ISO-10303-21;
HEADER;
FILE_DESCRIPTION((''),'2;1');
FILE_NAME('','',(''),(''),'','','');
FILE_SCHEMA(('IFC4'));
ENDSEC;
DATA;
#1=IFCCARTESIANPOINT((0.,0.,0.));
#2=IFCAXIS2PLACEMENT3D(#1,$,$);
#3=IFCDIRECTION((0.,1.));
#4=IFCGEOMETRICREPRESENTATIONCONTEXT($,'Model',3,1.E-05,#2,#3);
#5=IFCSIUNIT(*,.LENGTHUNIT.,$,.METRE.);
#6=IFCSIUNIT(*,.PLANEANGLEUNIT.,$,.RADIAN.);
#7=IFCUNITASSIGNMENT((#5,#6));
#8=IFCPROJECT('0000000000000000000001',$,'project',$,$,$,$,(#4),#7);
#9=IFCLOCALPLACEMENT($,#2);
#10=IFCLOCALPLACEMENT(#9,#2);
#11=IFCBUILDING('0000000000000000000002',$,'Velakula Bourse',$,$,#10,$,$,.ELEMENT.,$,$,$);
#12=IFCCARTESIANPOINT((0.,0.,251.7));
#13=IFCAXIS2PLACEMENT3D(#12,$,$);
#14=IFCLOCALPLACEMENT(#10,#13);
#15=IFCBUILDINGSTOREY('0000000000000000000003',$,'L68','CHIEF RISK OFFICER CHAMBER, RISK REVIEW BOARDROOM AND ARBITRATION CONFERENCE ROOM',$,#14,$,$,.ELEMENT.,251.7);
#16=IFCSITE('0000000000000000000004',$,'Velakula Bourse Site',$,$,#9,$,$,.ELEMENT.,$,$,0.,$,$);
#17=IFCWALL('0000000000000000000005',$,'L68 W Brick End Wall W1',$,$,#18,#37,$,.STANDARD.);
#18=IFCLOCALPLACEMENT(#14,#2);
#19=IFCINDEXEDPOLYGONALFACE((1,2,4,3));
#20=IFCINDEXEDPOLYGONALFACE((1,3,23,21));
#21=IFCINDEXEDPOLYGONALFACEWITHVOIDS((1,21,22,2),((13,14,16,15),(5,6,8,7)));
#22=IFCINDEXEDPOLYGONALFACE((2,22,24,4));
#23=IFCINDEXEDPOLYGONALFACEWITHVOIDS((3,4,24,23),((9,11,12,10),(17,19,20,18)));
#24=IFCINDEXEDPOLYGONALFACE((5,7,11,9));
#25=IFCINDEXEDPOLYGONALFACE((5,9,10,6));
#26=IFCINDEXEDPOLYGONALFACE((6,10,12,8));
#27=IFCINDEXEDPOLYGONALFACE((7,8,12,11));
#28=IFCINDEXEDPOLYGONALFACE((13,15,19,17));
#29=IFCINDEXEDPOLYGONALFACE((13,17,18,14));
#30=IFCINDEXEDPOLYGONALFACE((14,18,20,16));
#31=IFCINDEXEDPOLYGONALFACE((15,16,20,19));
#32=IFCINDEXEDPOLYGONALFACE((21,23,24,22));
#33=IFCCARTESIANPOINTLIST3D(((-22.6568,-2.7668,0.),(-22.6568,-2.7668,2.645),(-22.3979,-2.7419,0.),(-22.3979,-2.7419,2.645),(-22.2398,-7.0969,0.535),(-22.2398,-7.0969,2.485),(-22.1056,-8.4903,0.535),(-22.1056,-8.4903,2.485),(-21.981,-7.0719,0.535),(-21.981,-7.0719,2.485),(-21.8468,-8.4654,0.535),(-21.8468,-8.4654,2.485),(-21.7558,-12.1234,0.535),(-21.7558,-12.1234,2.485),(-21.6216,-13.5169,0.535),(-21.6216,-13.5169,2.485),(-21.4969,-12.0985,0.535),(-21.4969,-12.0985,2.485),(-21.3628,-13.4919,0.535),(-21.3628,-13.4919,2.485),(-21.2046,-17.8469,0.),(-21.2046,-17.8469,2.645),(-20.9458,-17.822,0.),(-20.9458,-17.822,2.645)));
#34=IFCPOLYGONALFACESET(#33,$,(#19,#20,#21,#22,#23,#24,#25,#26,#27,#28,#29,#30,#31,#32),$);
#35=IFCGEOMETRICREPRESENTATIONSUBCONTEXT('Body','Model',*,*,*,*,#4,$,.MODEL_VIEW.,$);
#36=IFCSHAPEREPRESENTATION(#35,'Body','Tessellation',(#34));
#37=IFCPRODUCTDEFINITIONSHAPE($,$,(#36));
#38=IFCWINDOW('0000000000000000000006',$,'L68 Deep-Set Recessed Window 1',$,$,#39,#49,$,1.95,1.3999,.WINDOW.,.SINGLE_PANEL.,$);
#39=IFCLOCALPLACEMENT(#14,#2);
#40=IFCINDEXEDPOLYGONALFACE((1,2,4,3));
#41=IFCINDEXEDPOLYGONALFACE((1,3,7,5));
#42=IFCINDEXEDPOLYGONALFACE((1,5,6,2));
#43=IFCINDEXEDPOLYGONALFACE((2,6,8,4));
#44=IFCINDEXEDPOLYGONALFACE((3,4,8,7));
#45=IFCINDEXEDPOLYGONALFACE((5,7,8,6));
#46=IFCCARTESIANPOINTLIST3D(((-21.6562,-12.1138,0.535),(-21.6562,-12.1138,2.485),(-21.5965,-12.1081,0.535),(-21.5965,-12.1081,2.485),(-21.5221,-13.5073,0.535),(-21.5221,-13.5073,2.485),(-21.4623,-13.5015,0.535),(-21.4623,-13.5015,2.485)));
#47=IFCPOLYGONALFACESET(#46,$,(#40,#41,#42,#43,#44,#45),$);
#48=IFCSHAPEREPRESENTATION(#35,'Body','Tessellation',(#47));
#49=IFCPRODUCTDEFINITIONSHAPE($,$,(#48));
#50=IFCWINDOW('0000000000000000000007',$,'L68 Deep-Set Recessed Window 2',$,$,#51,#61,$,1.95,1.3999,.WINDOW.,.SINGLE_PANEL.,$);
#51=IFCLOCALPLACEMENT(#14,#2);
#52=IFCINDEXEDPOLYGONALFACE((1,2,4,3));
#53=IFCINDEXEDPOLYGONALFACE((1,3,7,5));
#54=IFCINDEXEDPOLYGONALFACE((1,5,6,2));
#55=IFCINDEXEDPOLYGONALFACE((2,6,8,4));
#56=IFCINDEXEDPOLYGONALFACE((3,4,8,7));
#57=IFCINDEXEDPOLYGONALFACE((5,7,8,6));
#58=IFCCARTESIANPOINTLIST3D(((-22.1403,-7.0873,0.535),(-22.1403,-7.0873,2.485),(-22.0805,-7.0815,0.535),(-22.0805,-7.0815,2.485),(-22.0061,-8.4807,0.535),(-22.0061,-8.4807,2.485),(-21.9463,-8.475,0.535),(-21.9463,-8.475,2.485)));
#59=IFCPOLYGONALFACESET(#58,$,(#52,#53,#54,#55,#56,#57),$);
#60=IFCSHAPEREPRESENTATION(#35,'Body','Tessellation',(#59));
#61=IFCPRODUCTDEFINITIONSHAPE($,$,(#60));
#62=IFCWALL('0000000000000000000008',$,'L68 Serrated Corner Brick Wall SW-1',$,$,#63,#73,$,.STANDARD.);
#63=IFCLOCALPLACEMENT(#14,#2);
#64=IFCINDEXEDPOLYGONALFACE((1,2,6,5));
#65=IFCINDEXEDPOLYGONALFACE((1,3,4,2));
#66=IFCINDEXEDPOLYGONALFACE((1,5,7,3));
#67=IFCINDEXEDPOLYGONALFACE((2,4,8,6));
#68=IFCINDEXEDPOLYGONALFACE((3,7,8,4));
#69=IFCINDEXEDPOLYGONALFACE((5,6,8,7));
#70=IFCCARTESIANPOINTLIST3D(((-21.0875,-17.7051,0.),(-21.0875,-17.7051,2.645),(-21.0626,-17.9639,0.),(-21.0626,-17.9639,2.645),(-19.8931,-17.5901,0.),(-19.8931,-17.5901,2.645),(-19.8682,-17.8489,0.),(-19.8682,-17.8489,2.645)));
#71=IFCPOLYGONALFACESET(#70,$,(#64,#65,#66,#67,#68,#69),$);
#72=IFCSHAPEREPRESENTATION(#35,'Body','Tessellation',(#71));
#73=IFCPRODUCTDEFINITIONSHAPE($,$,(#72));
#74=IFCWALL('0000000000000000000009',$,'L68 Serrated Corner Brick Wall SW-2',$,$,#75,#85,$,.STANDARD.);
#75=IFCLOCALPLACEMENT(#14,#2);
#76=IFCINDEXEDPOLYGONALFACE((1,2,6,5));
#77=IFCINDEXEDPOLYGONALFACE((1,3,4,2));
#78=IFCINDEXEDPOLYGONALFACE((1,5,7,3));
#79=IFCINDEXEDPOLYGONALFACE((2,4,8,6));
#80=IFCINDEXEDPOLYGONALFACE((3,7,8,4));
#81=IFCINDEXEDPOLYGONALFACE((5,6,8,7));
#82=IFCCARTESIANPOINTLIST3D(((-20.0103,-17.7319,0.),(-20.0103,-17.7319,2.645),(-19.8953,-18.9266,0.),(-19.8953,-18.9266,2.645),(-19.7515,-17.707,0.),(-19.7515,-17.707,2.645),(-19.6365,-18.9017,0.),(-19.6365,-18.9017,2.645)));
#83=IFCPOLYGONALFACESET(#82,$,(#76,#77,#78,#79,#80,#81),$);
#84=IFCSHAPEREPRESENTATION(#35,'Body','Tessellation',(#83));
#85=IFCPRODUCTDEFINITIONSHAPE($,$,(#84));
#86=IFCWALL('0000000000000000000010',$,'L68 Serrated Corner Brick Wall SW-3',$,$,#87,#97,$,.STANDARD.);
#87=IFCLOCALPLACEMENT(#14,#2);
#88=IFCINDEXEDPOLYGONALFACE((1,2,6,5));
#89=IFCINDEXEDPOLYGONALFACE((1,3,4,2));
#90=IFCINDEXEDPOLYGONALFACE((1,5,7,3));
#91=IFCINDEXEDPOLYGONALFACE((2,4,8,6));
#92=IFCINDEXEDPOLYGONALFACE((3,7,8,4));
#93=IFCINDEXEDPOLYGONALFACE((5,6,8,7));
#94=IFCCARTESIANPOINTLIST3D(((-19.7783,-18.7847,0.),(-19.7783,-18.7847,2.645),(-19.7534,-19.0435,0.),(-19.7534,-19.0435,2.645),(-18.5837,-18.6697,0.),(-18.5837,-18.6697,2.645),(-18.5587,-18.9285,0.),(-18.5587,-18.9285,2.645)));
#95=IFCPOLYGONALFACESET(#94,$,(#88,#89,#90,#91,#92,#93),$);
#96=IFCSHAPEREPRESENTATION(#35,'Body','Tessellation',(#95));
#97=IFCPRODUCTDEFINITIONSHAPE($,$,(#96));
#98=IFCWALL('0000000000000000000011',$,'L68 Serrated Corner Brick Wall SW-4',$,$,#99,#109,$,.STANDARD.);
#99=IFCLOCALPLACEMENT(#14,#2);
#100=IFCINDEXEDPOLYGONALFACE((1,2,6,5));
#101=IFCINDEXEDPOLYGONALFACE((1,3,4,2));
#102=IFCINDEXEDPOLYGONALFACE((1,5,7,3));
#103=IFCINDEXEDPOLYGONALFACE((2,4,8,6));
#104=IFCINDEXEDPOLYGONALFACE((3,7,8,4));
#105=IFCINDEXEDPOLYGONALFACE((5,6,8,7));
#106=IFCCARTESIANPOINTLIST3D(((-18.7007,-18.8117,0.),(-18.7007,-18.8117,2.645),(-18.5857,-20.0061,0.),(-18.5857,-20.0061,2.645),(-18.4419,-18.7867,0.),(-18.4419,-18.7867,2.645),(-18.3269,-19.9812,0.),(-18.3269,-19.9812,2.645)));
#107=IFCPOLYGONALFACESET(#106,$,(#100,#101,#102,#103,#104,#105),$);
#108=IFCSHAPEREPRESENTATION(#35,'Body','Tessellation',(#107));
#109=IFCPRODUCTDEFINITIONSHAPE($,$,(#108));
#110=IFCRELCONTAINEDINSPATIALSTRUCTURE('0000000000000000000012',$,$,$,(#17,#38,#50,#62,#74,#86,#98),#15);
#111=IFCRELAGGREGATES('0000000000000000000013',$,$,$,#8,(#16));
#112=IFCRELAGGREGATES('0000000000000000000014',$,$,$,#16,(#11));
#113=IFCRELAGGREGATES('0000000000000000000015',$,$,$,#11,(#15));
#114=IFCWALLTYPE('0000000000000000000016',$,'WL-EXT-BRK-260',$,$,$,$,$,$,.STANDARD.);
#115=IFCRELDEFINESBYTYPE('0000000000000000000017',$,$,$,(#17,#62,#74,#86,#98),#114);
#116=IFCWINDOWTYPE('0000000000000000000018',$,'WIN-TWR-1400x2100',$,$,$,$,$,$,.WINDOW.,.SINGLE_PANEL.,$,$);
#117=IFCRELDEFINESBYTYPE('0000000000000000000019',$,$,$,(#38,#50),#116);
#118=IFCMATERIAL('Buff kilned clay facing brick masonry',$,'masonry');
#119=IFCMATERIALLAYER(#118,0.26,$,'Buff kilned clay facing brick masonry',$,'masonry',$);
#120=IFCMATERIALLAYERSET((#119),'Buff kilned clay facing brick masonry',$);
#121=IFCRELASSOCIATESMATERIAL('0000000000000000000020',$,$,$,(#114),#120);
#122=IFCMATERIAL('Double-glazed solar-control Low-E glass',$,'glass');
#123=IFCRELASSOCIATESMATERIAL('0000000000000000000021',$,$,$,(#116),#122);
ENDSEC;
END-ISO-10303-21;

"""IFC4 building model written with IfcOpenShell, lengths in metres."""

from ifc_helpers import new_model, si_unit, direction, frame, frame_2d, origin, place, context, subcontext, project, spatial, rectangle, extrude, material, layer, layer_set, type_object, element, fill, save


model = new_model("IFC4")

# Units and contexts
model_context = context("Model", 3, precision=1e-05, world=origin(), true_north=direction((0.0, 1.0)))
body_context = subcontext(model_context, "Body", "Model", "MODEL_VIEW")
ifc_project = project(units=[si_unit("LENGTHUNIT", "METRE"), si_unit("PLANEANGLEUNIT", "RADIAN")], contexts=[model_context])

# Site, building, storey
site_placement = place(None, origin())
site = spatial("IfcSite", under=ifc_project, at=site_placement, Name="Velakula Bourse Site", CompositionType="ELEMENT", RefElevation=0.0)
building_placement = place(site_placement, origin())
building = spatial("IfcBuilding", under=site, at=building_placement, Name="Velakula Bourse", CompositionType="ELEMENT")
storey_placement = place(building_placement, frame((0.0, 0.0, 251.7)))
storey = spatial("IfcBuildingStorey", under=building, at=storey_placement, Name="L68", Description="CHIEF RISK OFFICER CHAMBER, RISK REVIEW BOARDROOM AND ARBITRATION CONFERENCE ROOM", CompositionType="ELEMENT", Elevation=251.7)

# Wall, openings, windows
ifc_material_1 = material(Name="Buff kilned clay facing brick masonry", Category="masonry")
ifc_layer = layer(ifc_material_1, 0.26, Name="Buff kilned clay facing brick masonry", Category="masonry")
ifc_layer_set = layer_set([ifc_layer], Name="Buff kilned clay facing brick masonry")
wall_type = type_object("IfcWallType", Name="WL-EXT-BRK-260", PredefinedType="STANDARD", material=ifc_layer_set)
wall_1_placement = place(storey_placement, frame((-21.0752, -17.8345, 0.0), z_axis=(0.0, 0.0, 1.0), x_axis=(-0.095852, 0.995396, 0.0)))
wall_1 = element("IfcWall", 1, at=wall_1_placement, inside=storey, type_object=wall_type, Name="L68 W Brick End Wall W1", PredefinedType="STANDARD", context=body_context, shape_type="SweptSolid", body=[
    extrude(rectangle(XDim=15.1499, YDim=0.26, at=frame_2d((7.575, 0.0))), origin(), (0.0, 0.0, 1.0), 2.645),
])
opening_1_placement = place(wall_1_placement, frame((4.3501, 0.0, 0.5349)))
opening_1 = element("IfcOpeningElement", 2, at=opening_1_placement, cuts=wall_1, PredefinedType="OPENING", context=body_context, shape_type="SweptSolid", body=[
    extrude(rectangle(XDim=1.3999, YDim=1.95, at=frame_2d((0.7, 0.9751))), frame((0.0, 0.1399, 0.0), z_axis=(0.0, -1.0, 0.0), x_axis=(1.0, 0.0, 0.0)), (0.0, 0.0, 1.0), 0.28),
])
opening_2_placement = place(wall_1_placement, frame((9.3999, 0.0, 0.5349)))
opening_2 = element("IfcOpeningElement", 3, at=opening_2_placement, cuts=wall_1, PredefinedType="OPENING", context=body_context, shape_type="SweptSolid", body=[
    extrude(rectangle(XDim=1.3999, YDim=1.95, at=frame_2d((0.7, 0.9751))), frame((0.0, 0.1399, 0.0), z_axis=(0.0, -1.0, 0.0), x_axis=(1.0, 0.0, 0.0)), (0.0, 0.0, 1.0), 0.28),
])
ifc_material_2 = material(Name="Double-glazed solar-control Low-E glass", Category="glass")
window_type = type_object("IfcWindowType", Name="WIN-TWR-1400x2100", PartitioningType="SINGLE_PANEL", PredefinedType="WINDOW", material=ifc_material_2)
window_1_placement = place(opening_1_placement, origin())
window_1 = element("IfcWindow", 4, at=window_1_placement, inside=storey, type_object=window_type, Name="L68 Deep-Set Recessed Window 1", OverallHeight=1.95, OverallWidth=1.3999, PartitioningType="SINGLE_PANEL", PredefinedType="WINDOW", context=body_context, shape_type="SweptSolid", body=[
    extrude(rectangle(XDim=1.3999, YDim=1.95, at=frame_2d((0.7, 0.9751))), frame((0.0, 0.03, 0.0), z_axis=(0.0, -1.0, 0.0), x_axis=(1.0, 0.0, 0.0)), (0.0, 0.0, 1.0), 0.0601),
])
fill(opening_1, window_1)
window_2_placement = place(opening_2_placement, origin())
window_2 = element("IfcWindow", 5, at=window_2_placement, inside=storey, type_object=window_type, Name="L68 Deep-Set Recessed Window 2", OverallHeight=1.95, OverallWidth=1.3999, PartitioningType="SINGLE_PANEL", PredefinedType="WINDOW", context=body_context, shape_type="SweptSolid", body=[
    extrude(rectangle(XDim=1.3999, YDim=1.95, at=frame_2d((0.7, 0.9751))), frame((0.0, 0.03, 0.0), z_axis=(0.0, -1.0, 0.0), x_axis=(1.0, 0.0, 0.0)), (0.0, 0.0, 1.0), 0.0601),
])
fill(opening_2, window_2)

# Walls
wall_2_placement = place(storey_placement, frame((-21.0752, -17.8345, 0.0), z_axis=(0.0, 0.0, 1.0), x_axis=(0.995397, 0.095836, 0.0)))
element("IfcWall", 6, at=wall_2_placement, inside=storey, type_object=wall_type, Name="L68 Serrated Corner Brick Wall SW-1", PredefinedType="STANDARD", context=body_context, shape_type="SweptSolid", body=[
    extrude(rectangle(XDim=1.2, YDim=0.26, at=frame_2d((0.6001, 0.0))), origin(), (0.0, 0.0, 1.0), 2.645),
])
for number, where, z_axis, x_axis, name in (
    (7, (-19.8809, -17.7195, 0.0), (0.0, 0.0, 1.0), (0.095817, -0.995399, 0.0), "L68 Serrated Corner Brick Wall SW-2"),
    (8, (-19.7659, -18.9141, 0.0), (0.0, 0.0, 1.0), (0.995399, 0.095817, 0.0), "L68 Serrated Corner Brick Wall SW-3"),
):
    element("IfcWall", number, at=place(storey_placement, frame(where, z_axis=z_axis, x_axis=x_axis)), inside=storey, type_object=wall_type, Name=name, PredefinedType="STANDARD", context=body_context, shape_type="SweptSolid", body=[
        extrude(rectangle(XDim=1.2002, YDim=0.26, at=frame_2d((0.6001, 0.0))), origin(), (0.0, 0.0, 1.0), 2.645),
    ])
wall_3_placement = place(storey_placement, frame((-18.5713, -18.7991, 0.0), z_axis=(0.0, 0.0, 1.0), x_axis=(0.095836, -0.995397, 0.0)))
element("IfcWall", 9, at=wall_3_placement, inside=storey, type_object=wall_type, Name="L68 Serrated Corner Brick Wall SW-4", PredefinedType="STANDARD", context=body_context, shape_type="SweptSolid", body=[
    extrude(rectangle(XDim=1.2, YDim=0.26, at=frame_2d((0.6001, 0.0))), origin(), (0.0, 0.0, 1.0), 2.645),
])

save(model, "model.ifc")
